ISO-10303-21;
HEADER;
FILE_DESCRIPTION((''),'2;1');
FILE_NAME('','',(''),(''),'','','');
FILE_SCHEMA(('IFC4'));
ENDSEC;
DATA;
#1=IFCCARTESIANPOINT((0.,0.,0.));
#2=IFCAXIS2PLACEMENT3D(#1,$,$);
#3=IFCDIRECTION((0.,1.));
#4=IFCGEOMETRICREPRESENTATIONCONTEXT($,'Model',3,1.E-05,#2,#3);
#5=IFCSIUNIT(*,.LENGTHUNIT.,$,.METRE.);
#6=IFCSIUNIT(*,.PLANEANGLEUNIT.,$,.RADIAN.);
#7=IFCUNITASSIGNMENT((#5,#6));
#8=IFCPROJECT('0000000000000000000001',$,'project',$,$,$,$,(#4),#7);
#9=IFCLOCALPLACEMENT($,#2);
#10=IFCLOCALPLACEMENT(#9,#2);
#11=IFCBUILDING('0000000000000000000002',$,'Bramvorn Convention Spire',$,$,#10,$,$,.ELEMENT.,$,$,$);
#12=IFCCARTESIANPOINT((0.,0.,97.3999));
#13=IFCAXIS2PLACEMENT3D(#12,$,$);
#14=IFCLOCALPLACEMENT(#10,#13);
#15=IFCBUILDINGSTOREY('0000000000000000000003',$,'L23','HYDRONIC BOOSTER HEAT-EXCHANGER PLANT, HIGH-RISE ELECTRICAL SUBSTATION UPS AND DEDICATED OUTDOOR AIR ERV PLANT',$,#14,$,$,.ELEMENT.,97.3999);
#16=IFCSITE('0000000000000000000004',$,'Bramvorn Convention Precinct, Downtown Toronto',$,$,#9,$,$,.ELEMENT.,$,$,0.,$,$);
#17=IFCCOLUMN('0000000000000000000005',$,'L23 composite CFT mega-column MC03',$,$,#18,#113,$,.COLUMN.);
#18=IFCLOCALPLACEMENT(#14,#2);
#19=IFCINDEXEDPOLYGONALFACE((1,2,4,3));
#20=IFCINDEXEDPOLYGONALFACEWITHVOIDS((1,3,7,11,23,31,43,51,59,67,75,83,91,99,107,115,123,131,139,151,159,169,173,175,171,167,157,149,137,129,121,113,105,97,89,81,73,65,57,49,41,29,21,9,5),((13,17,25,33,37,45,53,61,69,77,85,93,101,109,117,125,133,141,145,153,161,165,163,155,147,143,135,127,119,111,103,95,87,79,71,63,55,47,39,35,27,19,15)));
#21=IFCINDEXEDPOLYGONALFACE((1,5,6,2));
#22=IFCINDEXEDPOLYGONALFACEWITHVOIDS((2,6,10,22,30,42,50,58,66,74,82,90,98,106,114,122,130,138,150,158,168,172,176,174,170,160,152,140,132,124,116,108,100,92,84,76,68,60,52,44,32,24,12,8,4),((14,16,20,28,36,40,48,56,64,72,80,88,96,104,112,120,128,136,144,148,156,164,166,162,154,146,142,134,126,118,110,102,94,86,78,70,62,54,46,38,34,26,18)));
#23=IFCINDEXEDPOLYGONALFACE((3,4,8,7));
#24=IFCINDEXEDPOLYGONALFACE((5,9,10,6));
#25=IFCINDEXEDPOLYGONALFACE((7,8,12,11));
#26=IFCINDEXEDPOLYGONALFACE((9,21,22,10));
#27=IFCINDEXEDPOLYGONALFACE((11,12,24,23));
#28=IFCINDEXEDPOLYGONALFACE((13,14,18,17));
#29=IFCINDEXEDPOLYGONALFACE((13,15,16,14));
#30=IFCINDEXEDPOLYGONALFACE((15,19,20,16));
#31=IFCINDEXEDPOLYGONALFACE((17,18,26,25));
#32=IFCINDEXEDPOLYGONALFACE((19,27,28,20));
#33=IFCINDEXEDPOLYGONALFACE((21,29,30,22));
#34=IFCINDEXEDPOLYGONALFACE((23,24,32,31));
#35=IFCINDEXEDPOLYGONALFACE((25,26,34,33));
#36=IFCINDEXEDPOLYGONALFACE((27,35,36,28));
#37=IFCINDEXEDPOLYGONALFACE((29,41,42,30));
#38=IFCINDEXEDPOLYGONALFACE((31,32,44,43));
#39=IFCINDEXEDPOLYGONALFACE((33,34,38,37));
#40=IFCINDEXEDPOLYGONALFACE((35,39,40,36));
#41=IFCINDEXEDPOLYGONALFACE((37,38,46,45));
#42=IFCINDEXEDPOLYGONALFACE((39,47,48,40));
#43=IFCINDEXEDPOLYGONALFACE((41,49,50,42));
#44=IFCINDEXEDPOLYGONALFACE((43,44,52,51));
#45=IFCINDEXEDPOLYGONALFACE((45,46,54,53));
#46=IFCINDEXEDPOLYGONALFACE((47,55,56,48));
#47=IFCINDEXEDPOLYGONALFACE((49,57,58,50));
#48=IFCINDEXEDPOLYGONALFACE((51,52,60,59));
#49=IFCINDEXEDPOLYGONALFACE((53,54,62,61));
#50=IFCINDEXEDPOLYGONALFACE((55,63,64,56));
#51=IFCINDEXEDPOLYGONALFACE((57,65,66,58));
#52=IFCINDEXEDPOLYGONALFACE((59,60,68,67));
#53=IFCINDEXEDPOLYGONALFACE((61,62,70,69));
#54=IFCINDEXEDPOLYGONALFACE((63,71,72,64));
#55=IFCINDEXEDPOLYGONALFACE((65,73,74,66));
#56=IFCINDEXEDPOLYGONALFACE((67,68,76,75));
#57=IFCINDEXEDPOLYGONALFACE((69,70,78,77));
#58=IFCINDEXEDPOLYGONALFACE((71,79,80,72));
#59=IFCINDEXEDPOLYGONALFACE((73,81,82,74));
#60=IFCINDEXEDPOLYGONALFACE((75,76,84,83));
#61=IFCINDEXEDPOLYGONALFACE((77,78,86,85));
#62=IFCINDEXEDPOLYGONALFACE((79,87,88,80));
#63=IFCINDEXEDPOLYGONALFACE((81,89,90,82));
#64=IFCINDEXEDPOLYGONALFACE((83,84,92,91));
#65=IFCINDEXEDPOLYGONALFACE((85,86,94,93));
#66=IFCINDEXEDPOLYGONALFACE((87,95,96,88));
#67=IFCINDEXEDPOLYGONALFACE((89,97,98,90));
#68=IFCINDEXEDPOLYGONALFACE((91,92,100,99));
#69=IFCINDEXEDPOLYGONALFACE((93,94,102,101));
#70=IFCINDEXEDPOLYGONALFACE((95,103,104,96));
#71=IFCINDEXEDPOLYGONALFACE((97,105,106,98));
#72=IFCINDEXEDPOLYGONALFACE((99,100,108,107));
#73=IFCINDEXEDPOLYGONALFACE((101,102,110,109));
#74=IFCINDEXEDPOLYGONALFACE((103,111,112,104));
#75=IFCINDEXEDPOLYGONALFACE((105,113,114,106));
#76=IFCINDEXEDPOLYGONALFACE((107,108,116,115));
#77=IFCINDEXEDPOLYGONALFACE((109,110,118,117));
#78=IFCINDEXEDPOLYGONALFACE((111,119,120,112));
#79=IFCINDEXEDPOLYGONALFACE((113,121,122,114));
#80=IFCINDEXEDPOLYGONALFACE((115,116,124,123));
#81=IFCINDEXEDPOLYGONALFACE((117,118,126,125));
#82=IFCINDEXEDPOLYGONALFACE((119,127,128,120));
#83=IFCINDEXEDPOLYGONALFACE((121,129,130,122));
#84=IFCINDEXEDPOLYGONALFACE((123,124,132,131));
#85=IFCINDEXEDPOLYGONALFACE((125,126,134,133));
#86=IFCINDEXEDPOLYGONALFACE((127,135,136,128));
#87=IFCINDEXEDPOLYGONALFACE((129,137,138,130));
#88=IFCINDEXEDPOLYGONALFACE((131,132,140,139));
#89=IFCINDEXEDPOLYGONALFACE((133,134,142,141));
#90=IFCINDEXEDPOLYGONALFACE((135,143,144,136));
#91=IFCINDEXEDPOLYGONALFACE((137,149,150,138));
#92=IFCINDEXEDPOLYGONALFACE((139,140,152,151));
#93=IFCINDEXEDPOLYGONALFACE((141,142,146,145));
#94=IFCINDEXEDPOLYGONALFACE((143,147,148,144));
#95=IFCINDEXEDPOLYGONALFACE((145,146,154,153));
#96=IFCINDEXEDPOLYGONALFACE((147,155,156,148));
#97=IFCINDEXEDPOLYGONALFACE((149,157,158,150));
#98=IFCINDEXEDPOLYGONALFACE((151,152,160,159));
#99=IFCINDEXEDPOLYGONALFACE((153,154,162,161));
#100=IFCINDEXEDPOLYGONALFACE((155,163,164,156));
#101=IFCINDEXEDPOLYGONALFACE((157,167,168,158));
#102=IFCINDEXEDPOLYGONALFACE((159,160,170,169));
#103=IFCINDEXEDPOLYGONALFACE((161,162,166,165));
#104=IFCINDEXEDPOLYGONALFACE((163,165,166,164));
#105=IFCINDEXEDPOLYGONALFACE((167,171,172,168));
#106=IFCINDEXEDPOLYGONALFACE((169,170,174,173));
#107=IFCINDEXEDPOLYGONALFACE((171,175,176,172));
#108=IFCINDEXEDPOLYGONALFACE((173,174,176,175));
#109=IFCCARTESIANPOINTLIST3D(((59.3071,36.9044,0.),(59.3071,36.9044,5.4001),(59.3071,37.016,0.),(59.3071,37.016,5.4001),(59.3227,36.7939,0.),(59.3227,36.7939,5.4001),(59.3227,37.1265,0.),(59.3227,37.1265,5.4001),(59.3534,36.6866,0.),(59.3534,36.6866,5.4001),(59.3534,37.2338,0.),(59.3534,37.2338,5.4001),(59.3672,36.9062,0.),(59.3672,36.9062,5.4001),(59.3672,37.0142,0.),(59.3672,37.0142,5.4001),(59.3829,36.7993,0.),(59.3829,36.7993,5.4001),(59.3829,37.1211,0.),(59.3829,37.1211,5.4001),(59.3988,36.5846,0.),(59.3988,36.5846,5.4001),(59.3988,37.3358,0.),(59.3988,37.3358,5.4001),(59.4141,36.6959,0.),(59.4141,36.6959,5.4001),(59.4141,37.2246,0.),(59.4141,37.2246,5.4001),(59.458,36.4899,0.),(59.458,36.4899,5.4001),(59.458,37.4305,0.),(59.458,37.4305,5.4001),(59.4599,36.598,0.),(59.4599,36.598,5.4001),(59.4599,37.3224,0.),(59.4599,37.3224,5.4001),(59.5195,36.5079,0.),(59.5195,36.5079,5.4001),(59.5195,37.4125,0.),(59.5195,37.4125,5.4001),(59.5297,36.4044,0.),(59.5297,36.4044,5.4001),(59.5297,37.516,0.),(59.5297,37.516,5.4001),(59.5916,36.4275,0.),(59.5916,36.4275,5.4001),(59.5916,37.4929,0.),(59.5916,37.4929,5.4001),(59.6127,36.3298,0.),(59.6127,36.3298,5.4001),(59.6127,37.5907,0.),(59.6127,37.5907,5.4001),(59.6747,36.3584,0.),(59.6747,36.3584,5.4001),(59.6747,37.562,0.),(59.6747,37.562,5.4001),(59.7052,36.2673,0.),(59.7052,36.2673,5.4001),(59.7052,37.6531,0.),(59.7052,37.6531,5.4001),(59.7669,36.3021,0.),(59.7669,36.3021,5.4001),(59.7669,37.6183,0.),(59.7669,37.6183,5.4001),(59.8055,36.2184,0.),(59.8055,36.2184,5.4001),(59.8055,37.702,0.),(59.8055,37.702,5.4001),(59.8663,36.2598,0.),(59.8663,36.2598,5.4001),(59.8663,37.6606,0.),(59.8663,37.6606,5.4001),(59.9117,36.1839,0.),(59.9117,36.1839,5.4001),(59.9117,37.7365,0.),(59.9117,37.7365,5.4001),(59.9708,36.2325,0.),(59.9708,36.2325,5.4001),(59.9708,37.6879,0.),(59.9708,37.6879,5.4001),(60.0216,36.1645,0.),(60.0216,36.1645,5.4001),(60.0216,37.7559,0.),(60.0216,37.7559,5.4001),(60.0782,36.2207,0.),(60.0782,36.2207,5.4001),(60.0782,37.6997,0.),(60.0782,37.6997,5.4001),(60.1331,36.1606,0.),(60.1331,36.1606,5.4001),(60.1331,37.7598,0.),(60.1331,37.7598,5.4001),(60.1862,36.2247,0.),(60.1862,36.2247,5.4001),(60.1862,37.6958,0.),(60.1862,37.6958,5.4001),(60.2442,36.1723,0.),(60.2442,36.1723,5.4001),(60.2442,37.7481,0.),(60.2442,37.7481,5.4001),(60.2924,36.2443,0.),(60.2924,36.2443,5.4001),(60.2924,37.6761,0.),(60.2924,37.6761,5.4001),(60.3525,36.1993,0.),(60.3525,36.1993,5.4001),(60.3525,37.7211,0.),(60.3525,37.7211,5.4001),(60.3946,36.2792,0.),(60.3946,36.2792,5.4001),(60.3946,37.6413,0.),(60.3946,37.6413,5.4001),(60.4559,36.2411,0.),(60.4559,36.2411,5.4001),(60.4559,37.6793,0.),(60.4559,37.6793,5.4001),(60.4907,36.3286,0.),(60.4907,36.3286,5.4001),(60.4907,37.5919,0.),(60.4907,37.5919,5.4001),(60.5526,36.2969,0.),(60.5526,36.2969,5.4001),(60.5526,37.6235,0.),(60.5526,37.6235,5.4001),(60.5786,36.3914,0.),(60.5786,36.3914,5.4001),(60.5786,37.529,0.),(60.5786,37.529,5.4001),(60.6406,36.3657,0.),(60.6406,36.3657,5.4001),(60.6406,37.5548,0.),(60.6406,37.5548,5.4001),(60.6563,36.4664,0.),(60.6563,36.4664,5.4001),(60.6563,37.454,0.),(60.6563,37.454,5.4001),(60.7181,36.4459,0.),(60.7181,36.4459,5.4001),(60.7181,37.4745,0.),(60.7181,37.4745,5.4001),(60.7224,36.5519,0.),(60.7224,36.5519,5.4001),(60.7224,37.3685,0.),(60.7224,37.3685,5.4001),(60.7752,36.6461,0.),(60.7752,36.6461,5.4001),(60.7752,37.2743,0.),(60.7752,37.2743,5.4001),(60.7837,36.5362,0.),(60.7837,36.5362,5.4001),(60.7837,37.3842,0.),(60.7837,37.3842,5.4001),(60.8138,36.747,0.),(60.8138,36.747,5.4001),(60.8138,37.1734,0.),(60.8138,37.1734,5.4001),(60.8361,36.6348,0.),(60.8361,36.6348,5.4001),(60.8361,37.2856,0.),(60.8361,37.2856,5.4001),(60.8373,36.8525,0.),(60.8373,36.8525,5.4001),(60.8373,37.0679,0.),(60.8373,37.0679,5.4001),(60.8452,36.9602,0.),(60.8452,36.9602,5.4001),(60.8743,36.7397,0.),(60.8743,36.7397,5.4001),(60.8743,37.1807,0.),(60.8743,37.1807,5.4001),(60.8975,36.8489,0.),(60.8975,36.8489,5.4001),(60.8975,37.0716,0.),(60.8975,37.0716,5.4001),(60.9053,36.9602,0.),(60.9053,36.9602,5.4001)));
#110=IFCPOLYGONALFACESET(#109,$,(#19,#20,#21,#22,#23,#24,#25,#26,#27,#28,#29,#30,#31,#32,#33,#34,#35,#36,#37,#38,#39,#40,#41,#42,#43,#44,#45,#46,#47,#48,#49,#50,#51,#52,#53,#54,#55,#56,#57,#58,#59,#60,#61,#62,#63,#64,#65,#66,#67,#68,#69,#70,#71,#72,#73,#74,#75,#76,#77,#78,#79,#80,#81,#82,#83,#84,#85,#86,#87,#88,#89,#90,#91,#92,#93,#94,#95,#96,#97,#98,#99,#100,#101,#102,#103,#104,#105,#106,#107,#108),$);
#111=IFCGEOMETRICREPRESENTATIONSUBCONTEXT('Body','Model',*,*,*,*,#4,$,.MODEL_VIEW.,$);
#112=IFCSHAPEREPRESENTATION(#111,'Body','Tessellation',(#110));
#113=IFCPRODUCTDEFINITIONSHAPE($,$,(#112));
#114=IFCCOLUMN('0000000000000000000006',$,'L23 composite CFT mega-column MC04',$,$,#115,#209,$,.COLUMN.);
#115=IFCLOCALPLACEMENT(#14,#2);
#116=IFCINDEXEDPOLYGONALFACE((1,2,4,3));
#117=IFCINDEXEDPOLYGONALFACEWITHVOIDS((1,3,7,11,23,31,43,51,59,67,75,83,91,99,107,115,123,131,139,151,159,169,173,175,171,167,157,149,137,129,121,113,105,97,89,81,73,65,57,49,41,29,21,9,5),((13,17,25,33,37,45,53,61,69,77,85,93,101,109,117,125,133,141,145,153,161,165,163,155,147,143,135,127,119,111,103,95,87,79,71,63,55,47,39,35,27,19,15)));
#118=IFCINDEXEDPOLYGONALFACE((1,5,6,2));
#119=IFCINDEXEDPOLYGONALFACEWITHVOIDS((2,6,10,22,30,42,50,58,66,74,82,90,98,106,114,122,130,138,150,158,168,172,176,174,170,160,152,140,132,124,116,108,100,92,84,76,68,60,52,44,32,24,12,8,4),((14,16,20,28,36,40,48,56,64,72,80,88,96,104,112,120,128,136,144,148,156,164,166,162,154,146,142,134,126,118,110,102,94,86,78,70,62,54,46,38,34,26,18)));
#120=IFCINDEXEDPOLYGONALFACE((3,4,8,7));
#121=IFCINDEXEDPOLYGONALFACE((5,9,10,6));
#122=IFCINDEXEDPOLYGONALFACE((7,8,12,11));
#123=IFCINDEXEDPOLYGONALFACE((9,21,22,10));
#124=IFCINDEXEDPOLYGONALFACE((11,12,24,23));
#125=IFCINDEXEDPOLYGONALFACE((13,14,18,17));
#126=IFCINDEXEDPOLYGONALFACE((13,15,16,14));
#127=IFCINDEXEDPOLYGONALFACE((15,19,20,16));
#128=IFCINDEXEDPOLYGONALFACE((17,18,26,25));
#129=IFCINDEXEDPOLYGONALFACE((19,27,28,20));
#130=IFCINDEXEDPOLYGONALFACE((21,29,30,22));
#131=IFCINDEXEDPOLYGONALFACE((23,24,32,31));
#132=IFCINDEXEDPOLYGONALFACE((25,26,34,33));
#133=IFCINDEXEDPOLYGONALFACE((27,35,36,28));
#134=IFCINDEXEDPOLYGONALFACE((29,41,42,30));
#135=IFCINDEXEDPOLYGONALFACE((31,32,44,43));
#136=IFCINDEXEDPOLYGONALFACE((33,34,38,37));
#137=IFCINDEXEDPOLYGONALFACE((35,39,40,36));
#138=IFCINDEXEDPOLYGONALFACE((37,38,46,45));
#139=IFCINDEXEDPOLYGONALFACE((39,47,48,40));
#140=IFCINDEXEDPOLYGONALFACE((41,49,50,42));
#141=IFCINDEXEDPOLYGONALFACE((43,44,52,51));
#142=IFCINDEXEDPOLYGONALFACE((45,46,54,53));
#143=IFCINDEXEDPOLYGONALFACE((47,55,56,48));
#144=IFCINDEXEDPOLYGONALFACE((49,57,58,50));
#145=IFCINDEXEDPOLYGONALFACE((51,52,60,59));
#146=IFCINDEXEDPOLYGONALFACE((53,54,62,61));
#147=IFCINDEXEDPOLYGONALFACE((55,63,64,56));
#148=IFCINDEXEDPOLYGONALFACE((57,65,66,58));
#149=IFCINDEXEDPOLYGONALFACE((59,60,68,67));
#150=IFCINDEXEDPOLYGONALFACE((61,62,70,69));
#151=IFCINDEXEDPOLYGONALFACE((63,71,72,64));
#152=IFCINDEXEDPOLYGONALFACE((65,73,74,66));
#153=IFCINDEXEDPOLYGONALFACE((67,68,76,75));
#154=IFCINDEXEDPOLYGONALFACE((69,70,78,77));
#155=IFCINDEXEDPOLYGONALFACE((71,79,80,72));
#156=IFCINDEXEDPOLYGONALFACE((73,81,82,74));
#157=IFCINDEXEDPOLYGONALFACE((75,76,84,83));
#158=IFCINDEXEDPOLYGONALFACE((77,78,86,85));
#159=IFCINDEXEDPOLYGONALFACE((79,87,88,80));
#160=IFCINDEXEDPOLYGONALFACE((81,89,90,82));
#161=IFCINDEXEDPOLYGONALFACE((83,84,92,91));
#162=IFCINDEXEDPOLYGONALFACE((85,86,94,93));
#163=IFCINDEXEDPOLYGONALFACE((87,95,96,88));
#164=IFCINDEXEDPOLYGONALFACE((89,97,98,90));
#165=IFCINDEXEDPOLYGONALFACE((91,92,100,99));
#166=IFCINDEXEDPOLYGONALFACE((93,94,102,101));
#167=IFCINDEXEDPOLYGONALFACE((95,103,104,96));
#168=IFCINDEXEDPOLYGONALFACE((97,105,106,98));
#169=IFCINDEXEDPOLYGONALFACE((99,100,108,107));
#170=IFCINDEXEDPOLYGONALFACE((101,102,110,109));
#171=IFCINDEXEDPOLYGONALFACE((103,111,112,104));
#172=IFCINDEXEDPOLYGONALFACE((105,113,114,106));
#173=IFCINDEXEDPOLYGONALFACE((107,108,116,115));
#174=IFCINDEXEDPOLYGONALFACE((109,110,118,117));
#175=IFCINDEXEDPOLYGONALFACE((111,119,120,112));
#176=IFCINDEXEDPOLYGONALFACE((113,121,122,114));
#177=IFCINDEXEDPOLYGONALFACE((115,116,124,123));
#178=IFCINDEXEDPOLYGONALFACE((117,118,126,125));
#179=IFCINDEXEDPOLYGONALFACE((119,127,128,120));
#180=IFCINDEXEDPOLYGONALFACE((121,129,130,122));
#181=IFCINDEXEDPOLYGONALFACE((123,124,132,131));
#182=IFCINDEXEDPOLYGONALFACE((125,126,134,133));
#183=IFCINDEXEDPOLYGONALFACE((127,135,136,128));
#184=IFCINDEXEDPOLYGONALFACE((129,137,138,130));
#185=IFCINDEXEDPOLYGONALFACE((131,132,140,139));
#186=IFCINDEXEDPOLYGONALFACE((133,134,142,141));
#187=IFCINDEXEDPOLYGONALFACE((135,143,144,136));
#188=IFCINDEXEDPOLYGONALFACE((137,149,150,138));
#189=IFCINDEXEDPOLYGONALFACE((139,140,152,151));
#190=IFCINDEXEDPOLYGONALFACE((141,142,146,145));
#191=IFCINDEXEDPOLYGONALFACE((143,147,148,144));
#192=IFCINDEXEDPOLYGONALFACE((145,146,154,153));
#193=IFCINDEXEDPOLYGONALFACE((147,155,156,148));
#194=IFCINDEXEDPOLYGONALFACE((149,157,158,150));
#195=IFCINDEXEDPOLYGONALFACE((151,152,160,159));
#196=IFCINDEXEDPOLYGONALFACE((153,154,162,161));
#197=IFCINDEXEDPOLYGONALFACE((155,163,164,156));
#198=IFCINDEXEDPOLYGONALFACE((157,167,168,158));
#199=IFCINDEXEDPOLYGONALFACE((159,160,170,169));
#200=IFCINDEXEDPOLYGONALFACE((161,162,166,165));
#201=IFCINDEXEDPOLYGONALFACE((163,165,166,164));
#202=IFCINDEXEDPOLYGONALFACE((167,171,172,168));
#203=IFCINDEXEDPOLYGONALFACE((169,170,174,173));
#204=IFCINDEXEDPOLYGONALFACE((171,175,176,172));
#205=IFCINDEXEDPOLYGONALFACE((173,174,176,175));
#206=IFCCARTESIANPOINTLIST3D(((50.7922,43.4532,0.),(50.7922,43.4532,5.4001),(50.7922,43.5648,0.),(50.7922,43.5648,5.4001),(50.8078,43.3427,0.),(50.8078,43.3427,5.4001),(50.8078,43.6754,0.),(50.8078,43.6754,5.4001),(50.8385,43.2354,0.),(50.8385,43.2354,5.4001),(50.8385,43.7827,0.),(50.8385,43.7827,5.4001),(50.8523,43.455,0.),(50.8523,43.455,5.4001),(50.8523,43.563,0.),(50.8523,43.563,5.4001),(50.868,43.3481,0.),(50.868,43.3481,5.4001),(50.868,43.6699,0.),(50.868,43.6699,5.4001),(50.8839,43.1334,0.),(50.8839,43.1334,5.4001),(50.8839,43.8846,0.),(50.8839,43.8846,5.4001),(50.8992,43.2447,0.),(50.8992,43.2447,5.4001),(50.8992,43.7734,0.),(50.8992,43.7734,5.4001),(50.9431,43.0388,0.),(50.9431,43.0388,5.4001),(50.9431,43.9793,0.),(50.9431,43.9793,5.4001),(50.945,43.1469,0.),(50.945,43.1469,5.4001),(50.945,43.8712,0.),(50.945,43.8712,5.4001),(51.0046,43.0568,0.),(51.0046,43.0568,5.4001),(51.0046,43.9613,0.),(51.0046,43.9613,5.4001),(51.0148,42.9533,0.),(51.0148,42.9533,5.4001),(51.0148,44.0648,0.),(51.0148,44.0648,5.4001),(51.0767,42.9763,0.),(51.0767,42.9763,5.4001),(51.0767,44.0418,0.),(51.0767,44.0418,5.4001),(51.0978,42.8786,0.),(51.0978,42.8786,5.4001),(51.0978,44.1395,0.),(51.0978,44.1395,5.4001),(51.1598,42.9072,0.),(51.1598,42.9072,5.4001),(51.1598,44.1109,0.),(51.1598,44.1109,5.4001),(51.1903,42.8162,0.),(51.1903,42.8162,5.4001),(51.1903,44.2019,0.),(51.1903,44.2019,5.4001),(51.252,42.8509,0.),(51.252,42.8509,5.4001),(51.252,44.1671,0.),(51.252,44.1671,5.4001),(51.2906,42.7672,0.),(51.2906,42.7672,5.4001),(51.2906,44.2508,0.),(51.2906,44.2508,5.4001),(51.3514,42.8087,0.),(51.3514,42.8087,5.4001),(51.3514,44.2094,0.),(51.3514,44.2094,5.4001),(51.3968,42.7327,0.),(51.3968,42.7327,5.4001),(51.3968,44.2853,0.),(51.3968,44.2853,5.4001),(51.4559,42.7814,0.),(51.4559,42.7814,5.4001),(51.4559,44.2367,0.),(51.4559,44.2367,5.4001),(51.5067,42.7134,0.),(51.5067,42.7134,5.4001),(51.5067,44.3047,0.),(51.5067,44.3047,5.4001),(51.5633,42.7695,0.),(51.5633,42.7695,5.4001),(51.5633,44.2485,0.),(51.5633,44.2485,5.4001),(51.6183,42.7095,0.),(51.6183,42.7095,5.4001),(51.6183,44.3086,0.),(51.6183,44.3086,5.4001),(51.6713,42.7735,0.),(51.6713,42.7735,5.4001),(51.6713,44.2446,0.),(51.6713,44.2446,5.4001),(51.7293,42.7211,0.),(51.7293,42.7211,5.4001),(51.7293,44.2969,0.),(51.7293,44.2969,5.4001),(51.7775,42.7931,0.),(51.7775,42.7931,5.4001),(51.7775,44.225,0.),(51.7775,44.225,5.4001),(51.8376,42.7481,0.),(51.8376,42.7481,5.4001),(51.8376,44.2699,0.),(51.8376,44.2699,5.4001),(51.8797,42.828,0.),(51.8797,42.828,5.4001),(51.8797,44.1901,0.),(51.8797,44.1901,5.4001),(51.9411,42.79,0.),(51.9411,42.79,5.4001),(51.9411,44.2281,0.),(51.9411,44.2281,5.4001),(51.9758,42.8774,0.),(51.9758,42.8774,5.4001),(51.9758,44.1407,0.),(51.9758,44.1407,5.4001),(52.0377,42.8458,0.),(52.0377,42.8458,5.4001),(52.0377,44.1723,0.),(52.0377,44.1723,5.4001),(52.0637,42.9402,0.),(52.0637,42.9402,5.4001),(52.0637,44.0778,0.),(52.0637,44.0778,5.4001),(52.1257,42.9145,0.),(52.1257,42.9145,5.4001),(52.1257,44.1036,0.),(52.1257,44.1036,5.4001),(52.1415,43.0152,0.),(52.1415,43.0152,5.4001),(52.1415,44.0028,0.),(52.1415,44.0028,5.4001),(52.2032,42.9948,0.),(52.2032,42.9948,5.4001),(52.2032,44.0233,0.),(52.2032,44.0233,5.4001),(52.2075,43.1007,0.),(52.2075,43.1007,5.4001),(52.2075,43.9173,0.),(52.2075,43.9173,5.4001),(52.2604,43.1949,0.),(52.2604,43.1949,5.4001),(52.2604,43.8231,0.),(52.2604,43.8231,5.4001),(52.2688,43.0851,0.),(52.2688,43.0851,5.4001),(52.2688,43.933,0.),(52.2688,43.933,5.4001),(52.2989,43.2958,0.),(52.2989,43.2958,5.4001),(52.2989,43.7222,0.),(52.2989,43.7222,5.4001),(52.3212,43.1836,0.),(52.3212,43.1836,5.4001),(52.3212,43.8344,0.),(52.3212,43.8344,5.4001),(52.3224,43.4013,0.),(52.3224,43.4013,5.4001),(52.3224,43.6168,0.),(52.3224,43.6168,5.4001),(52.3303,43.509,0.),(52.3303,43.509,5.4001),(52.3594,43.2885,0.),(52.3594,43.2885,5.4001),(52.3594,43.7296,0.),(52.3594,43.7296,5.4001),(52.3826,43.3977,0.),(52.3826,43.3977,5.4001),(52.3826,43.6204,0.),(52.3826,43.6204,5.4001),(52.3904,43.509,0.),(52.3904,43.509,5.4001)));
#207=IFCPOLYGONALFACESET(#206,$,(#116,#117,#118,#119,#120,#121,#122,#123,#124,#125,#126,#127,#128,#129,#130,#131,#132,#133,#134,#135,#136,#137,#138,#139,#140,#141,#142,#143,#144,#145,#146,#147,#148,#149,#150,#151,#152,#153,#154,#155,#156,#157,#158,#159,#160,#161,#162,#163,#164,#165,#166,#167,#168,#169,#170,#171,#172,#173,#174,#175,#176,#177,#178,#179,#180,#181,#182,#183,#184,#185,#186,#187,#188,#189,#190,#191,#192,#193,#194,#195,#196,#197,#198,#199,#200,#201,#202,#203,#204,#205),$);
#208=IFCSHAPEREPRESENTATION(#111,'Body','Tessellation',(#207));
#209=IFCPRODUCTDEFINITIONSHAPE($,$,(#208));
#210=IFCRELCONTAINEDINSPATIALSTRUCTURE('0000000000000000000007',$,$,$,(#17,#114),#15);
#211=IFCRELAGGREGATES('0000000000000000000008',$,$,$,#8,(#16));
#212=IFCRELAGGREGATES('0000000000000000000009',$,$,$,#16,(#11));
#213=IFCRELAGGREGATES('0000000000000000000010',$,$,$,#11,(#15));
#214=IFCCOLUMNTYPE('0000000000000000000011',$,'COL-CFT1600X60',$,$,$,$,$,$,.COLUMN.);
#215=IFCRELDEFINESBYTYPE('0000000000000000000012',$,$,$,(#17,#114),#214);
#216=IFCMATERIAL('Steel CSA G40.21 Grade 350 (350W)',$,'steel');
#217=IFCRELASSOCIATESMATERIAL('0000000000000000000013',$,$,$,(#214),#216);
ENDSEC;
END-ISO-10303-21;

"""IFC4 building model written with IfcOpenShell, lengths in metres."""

from ifc_helpers import new_model, si_unit, direction, frame, origin, origin_2d, place, context, subcontext, project, spatial, hollow_circle, extrude, material, material_profile, profile_set, type_object, element, save


model = new_model("IFC4")

# Units and contexts
model_context = context("Model", 3, precision=1e-05, world=origin(), true_north=direction((0.0, 1.0)))
body_context = subcontext(model_context, "Body", "Model", "MODEL_VIEW")
ifc_project = project(units=[si_unit("LENGTHUNIT", "METRE"), si_unit("PLANEANGLEUNIT", "RADIAN")], contexts=[model_context])

# Site, building, storey
site_placement = place(None, origin())
site = spatial("IfcSite", under=ifc_project, at=site_placement, Name="Bramvorn Convention Precinct, Downtown Toronto", CompositionType="ELEMENT", RefElevation=0.0)
building_placement = place(site_placement, origin())
building = spatial("IfcBuilding", under=site, at=building_placement, Name="Bramvorn Convention Spire", CompositionType="ELEMENT")
storey_placement = place(building_placement, frame((0.0, 0.0, 97.3999)))
storey = spatial("IfcBuildingStorey", under=building, at=storey_placement, Name="L23", Description="HYDRONIC BOOSTER HEAT-EXCHANGER PLANT, HIGH-RISE ELECTRICAL SUBSTATION UPS AND DEDICATED OUTDOOR AIR ERV PLANT", CompositionType="ELEMENT", Elevation=97.3999)

# Columns
ifc_material_1 = material(Name="Steel CSA G40.21 Grade 350 (350W)", Category="steel")
ifc_material_profile_1 = material_profile(ifc_material_1, hollow_circle(Radius=0.8, WallThickness=0.0601, at=origin_2d()))
ifc_profile_set_1 = profile_set([ifc_material_profile_1], Name="Steel CSA G40.21 Grade 350 (350W) - CFT1600X60")
column_type = type_object("IfcColumnType", Name="COL-CFT1600X60", PredefinedType="COLUMN", material=ifc_profile_set_1)
for number, where, z_axis, x_axis, name in (
    (1, (60.1052, 36.9602, 0.0), (0.0, 0.0, 1.0), (1.0, 0.0, 0.0), "L23 composite CFT mega-column MC03"),
    (2, (51.5903, 43.509, 0.0), (0.0, 0.0, 1.0), (1.0, 0.0, 0.0), "L23 composite CFT mega-column MC04"),
):
    element("IfcColumn", number, at=place(storey_placement, frame(where, z_axis=z_axis, x_axis=x_axis)), inside=storey, type_object=column_type, Name=name, PredefinedType="COLUMN", context=body_context, shape_type="SweptSolid", body=[
        extrude(hollow_circle(Radius=0.8, WallThickness=0.0601, at=origin_2d()), origin(), (0.0, 0.0, 1.0), 5.4001),
    ])

save(model, "model.ifc")
